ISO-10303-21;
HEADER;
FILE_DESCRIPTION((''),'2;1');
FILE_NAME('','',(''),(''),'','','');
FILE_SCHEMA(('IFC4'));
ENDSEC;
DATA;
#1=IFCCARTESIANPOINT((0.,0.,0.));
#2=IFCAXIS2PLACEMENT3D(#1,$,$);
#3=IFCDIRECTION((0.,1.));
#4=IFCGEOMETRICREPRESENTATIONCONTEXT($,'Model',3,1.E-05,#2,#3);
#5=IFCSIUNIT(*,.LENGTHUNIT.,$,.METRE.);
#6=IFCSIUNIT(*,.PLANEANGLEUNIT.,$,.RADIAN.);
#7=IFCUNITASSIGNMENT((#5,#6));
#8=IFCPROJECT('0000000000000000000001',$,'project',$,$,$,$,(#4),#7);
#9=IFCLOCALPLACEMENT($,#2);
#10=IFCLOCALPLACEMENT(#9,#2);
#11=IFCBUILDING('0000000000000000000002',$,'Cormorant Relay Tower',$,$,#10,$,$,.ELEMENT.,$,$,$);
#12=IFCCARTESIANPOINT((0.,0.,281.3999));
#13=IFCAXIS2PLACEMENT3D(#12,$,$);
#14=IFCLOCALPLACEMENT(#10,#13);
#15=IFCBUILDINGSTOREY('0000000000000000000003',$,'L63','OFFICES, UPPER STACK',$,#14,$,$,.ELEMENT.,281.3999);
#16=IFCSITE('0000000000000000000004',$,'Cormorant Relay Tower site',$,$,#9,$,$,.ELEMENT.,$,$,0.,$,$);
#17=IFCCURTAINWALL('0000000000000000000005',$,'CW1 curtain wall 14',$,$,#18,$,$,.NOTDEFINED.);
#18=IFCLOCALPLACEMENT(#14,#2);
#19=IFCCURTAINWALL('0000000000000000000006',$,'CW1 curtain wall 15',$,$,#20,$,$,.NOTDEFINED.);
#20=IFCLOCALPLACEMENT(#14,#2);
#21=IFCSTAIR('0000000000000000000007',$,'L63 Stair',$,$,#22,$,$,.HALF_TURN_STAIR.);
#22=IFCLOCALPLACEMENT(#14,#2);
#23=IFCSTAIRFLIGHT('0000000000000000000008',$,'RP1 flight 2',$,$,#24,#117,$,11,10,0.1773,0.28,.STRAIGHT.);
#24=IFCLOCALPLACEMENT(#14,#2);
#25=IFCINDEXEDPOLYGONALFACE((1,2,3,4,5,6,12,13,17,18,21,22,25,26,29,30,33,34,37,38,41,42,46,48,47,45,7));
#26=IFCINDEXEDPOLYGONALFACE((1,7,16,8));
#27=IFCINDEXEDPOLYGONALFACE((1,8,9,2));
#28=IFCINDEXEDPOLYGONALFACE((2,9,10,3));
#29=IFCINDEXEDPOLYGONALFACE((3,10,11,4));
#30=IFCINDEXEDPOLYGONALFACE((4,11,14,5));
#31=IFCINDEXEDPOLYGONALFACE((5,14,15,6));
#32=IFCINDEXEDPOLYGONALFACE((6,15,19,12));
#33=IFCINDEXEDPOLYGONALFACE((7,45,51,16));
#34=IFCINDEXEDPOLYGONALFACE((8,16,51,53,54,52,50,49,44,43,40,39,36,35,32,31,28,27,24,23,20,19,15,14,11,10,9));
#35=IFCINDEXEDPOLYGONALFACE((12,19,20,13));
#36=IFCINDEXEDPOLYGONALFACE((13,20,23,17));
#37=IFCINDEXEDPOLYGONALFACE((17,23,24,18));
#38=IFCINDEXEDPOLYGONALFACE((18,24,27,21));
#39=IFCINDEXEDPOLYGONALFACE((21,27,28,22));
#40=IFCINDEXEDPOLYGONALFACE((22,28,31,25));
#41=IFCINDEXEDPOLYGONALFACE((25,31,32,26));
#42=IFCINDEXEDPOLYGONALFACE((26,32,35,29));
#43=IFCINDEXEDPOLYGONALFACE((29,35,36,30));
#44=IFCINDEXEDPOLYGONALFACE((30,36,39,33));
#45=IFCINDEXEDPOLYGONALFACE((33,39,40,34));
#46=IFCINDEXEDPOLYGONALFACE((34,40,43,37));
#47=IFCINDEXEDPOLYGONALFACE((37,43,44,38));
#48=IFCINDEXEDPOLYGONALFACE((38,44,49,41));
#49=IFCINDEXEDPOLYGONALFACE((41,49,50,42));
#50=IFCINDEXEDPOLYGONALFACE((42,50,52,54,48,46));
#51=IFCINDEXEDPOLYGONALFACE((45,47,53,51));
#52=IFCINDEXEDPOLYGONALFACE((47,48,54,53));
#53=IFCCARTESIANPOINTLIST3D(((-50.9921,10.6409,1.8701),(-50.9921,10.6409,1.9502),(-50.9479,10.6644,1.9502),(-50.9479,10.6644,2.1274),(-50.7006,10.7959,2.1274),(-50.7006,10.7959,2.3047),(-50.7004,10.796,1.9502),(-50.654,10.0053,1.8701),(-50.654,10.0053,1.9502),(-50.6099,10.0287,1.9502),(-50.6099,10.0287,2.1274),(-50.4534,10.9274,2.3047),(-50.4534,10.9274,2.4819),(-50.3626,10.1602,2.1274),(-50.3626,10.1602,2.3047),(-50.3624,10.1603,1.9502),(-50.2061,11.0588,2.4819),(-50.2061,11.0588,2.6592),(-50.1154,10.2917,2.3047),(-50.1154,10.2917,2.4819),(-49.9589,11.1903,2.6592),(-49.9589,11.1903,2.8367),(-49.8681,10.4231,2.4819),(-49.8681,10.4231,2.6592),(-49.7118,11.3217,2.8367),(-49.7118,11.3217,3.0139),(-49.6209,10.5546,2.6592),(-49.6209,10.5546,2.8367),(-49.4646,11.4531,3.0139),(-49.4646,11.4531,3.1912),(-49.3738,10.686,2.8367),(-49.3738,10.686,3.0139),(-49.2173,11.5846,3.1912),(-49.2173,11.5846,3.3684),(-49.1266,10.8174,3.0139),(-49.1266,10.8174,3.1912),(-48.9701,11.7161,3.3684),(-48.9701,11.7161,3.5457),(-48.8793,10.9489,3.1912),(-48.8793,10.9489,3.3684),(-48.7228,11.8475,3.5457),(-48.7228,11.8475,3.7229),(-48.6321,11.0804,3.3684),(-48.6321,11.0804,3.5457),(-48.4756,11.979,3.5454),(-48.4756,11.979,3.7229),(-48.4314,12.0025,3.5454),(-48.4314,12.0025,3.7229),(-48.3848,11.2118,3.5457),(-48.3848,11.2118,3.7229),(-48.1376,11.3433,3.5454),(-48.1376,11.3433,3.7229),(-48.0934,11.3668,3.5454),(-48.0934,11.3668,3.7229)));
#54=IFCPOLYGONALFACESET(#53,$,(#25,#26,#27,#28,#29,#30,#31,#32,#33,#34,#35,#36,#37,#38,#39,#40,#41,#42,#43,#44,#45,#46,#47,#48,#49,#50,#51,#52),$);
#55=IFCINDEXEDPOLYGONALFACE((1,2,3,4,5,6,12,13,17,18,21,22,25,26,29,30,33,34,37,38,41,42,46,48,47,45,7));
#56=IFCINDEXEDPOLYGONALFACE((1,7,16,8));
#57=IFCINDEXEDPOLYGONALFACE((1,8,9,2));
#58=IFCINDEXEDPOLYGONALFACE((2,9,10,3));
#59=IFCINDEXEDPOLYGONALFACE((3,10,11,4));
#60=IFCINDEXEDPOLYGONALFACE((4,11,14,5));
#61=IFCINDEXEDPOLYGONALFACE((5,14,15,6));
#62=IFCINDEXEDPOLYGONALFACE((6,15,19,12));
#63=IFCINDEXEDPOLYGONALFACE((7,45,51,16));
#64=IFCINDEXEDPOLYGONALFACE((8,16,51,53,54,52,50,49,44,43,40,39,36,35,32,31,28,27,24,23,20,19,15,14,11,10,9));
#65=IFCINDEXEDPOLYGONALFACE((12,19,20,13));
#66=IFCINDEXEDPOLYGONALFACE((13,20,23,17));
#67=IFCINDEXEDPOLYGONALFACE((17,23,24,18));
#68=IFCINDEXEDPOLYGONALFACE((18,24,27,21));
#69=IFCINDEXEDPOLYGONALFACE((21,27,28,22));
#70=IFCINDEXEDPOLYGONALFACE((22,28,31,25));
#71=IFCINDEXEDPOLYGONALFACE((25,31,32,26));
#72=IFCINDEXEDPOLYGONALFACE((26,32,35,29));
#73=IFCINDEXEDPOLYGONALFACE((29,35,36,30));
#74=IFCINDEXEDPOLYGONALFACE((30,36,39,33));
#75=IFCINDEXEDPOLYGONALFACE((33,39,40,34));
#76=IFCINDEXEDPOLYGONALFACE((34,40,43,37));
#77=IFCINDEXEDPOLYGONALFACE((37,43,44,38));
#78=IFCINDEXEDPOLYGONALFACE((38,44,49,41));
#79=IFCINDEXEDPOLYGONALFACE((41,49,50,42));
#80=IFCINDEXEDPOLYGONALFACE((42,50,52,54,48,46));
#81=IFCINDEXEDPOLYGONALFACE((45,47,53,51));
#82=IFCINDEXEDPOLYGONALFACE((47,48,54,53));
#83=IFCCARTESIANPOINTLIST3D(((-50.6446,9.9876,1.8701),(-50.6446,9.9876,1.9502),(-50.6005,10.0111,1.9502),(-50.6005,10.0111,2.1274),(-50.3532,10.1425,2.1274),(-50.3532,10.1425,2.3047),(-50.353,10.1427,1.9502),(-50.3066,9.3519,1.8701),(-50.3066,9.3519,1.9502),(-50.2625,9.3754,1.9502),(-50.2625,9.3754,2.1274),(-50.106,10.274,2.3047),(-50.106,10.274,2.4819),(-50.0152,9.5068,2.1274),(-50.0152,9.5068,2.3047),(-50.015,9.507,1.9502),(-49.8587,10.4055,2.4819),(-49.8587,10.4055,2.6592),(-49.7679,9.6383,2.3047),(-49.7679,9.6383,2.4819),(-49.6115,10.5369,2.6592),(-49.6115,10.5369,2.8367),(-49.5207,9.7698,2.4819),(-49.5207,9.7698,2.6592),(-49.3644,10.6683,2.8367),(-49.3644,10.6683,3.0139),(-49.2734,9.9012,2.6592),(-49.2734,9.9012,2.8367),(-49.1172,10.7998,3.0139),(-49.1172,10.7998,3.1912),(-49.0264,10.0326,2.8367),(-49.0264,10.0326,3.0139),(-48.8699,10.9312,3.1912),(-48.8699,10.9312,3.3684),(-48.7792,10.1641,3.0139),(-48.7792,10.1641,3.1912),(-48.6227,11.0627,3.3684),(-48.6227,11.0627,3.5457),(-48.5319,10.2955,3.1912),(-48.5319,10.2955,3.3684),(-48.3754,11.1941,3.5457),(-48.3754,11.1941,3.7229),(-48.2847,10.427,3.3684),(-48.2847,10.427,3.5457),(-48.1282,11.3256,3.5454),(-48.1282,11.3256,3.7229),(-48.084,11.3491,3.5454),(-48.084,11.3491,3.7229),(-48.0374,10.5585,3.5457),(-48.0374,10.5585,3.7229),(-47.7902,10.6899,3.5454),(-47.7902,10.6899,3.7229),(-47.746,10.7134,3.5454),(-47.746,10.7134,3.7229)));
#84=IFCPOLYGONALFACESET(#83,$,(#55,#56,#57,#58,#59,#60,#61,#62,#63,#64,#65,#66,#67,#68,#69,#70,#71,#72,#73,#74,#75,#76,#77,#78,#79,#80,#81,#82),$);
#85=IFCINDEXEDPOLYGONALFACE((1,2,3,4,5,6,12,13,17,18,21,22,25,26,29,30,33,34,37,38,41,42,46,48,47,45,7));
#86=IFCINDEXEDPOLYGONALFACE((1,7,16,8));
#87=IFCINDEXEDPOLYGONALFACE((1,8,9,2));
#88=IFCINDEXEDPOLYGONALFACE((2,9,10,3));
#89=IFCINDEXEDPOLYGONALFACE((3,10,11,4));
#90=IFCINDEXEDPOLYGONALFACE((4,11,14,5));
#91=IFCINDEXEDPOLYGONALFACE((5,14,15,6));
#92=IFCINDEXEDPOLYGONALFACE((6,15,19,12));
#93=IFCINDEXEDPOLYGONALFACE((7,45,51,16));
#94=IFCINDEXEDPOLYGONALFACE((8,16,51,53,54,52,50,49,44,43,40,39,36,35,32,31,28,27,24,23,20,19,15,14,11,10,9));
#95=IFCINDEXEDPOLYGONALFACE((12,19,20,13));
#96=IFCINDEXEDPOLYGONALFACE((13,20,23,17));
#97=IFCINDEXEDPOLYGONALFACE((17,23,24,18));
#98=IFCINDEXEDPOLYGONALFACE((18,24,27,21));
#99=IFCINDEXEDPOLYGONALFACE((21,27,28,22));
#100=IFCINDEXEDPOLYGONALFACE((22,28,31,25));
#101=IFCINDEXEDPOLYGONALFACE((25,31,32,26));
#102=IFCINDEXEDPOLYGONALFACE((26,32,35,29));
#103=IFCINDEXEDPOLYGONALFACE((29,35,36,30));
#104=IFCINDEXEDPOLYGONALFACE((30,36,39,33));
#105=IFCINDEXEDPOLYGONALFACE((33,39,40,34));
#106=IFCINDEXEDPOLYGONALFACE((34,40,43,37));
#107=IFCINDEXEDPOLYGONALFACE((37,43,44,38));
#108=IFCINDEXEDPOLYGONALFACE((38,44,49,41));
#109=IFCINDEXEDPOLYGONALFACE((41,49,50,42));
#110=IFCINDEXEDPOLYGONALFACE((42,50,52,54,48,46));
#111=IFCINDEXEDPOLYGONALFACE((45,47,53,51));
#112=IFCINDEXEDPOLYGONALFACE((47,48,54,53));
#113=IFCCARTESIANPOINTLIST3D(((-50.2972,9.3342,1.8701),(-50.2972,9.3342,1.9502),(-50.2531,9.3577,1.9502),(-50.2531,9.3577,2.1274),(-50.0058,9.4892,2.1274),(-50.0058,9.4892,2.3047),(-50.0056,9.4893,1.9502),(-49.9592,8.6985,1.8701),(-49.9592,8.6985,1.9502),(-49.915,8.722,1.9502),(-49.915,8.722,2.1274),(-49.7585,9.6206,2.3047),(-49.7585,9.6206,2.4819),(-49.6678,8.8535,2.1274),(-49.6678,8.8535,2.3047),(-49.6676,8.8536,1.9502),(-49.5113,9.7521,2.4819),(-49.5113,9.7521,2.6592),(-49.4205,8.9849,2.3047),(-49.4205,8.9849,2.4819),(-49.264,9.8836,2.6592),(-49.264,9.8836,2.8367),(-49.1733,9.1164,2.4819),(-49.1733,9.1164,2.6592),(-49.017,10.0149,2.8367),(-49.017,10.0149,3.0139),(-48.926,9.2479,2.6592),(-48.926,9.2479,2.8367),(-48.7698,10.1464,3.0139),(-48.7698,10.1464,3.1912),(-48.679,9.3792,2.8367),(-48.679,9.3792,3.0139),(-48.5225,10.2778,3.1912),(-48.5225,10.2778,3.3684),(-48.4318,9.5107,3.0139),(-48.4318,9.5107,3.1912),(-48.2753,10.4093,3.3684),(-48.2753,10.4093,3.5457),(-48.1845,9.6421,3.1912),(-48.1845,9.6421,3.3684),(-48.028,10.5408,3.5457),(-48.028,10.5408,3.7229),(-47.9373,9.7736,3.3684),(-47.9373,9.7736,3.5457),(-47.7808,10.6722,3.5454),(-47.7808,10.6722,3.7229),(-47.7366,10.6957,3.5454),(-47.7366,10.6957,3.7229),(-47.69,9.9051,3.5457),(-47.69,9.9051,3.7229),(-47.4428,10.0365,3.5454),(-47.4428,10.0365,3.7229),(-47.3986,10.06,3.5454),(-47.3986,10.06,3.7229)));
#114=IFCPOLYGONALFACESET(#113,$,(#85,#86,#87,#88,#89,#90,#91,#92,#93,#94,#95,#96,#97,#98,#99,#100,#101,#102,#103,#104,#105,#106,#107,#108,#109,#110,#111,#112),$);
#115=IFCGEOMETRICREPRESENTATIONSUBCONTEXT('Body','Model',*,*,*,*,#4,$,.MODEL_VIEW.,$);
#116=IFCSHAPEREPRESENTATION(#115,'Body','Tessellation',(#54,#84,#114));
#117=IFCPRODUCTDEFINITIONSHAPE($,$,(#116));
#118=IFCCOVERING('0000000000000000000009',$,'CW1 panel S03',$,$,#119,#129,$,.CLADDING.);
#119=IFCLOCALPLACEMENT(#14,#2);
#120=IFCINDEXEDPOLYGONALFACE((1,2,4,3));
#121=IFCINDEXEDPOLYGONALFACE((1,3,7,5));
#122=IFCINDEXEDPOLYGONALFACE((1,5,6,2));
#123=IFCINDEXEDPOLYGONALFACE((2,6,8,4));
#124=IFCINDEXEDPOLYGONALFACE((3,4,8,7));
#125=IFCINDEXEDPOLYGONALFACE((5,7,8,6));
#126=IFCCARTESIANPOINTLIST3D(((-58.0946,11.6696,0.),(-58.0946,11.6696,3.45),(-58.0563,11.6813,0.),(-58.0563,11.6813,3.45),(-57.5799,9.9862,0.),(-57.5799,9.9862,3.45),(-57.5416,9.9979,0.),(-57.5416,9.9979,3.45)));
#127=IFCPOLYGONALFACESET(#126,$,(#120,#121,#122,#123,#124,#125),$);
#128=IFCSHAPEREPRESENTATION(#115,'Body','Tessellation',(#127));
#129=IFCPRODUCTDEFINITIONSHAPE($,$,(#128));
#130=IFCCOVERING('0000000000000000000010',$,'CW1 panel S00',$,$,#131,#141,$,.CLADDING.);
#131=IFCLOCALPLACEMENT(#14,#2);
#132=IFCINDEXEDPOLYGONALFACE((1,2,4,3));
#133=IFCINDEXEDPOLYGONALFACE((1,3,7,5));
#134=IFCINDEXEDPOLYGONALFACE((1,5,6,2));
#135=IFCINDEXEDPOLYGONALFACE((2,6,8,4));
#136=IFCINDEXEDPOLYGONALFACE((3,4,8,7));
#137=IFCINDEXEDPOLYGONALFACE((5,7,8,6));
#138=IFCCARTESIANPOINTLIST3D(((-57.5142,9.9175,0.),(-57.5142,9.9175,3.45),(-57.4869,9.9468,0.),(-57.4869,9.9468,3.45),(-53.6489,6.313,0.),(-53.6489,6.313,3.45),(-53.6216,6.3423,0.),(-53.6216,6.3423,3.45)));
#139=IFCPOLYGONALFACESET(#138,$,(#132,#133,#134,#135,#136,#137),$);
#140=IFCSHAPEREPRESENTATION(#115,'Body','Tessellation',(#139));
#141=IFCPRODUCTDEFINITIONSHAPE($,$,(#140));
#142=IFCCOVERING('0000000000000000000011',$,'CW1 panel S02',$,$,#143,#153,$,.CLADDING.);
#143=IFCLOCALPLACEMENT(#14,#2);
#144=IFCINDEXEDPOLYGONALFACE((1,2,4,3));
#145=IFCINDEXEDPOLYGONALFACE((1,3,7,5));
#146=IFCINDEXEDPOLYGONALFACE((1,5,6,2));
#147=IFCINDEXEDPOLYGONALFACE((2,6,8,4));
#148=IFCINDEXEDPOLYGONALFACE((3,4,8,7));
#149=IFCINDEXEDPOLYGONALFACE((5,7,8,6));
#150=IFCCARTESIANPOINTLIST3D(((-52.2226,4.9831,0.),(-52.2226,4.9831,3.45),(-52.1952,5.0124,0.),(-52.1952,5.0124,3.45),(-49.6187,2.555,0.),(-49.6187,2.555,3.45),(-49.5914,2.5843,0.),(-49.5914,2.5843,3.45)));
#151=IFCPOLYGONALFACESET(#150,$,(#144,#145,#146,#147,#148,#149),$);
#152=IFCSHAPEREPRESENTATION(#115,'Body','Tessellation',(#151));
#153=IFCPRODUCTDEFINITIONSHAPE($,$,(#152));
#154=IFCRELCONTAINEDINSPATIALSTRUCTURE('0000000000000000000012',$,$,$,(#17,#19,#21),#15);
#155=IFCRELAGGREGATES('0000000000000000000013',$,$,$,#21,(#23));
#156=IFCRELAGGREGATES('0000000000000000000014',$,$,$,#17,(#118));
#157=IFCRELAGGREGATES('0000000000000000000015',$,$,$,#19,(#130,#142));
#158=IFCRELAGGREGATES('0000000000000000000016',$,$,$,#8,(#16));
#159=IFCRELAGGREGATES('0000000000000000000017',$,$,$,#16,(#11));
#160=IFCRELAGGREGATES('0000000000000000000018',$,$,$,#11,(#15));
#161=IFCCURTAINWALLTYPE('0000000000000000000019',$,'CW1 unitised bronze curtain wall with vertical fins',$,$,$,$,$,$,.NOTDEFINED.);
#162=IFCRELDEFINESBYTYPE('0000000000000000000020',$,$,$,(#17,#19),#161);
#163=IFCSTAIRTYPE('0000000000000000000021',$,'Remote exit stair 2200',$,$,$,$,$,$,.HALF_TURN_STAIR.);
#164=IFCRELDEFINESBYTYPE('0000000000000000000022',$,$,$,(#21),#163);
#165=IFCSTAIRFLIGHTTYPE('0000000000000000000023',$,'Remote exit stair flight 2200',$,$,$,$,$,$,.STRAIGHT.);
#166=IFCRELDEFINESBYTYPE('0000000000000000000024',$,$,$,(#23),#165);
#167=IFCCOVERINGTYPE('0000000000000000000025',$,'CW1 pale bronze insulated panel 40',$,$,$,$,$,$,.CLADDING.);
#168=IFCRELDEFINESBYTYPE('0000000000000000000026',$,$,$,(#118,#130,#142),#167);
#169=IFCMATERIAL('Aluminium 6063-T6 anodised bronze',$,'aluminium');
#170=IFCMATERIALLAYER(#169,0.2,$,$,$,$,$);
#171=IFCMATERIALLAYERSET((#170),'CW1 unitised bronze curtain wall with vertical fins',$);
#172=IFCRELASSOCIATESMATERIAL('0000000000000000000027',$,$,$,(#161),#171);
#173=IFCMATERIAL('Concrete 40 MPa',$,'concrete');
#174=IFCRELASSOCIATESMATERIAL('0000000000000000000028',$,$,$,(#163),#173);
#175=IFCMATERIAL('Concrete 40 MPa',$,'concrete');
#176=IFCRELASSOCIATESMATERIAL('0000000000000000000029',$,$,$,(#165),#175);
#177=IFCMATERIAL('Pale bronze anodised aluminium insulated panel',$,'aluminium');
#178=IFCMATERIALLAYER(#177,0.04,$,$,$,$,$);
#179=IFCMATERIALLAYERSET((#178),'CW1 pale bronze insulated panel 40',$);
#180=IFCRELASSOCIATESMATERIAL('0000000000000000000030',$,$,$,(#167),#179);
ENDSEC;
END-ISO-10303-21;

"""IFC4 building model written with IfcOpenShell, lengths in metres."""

from ifc_helpers import new_model, si_unit, direction, frame, origin, origin_2d, place, context, subcontext, project, spatial, polyline, rectangle, outline, extrude, material, layer, layer_set, type_object, element, aggregate, save


model = new_model("IFC4")

# Units and contexts
model_context = context("Model", 3, precision=1e-05, world=origin(), true_north=direction((0.0, 1.0)))
body_context = subcontext(model_context, "Body", "Model", "MODEL_VIEW")
ifc_project = project(units=[si_unit("LENGTHUNIT", "METRE"), si_unit("PLANEANGLEUNIT", "RADIAN")], contexts=[model_context])

# Site, building, storey
site_placement = place(None, origin())
site = spatial("IfcSite", under=ifc_project, at=site_placement, Name="Cormorant Relay Tower site", CompositionType="ELEMENT", RefElevation=0.0)
building_placement = place(site_placement, origin())
building = spatial("IfcBuilding", under=site, at=building_placement, Name="Cormorant Relay Tower", CompositionType="ELEMENT")
storey_placement = place(building_placement, frame((0.0, 0.0, 281.3999)))
storey = spatial("IfcBuildingStorey", under=building, at=storey_placement, Name="L63", Description="OFFICES, UPPER STACK", CompositionType="ELEMENT", Elevation=281.3999)

# Curtain wall
ifc_material_1 = material(Name="Aluminium 6063-T6 anodised bronze", Category="aluminium")
ifc_layer_1 = layer(ifc_material_1, 0.2)
ifc_layer_set_1 = layer_set([ifc_layer_1], Name="CW1 unitised bronze curtain wall with vertical fins")
curtain_wall_type = type_object("IfcCurtainWallType", Name="CW1 unitised bronze curtain wall with vertical fins", PredefinedType="NOTDEFINED", material=ifc_layer_set_1)
curtain_wall_1_placement = place(storey_placement, origin())
curtain_wall_1 = element("IfcCurtainWall", 1, at=curtain_wall_1_placement, inside=storey, type_object=curtain_wall_type, Name="CW1 curtain wall 14", PredefinedType="NOTDEFINED")

# Curtain wall
curtain_wall_2_placement = place(storey_placement, origin())
curtain_wall_2 = element("IfcCurtainWall", 2, at=curtain_wall_2_placement, inside=storey, type_object=curtain_wall_type, Name="CW1 curtain wall 15", PredefinedType="NOTDEFINED")

# Stair, stair flight
ifc_material_2 = material(Name="Concrete 40 MPa", Category="concrete")
stair_type = type_object("IfcStairType", Name="Remote exit stair 2200", PredefinedType="HALF_TURN_STAIR", material=ifc_material_2)
stair_placement = place(storey_placement, origin())
stair = element("IfcStair", 3, at=stair_placement, inside=storey, type_object=stair_type, Name="L63 Stair", PredefinedType="HALF_TURN_STAIR")
ifc_material_3 = material(Name="Concrete 40 MPa", Category="concrete")
stair_flight_type = type_object("IfcStairFlightType", Name="Remote exit stair flight 2200", PredefinedType="STRAIGHT", material=ifc_material_3)
stair_flight_1_placement = place(storey_placement, frame((-50.4314, 9.6931, 1.9502), z_axis=(0.0, 0.0, 1.0), x_axis=(0.882948, 0.469472, 0.0)))
stair_flight_1 = element("IfcStairFlight", 4, at=stair_flight_1_placement, type_object=stair_flight_type, Name="RP1 flight 2", NumberOfRisers=11, NumberOfTreads=10, PredefinedType="STRAIGHT", RiserHeight=0.1773, TreadLength=0.28, context=body_context, shape_type="SweptSolid", body=[
    extrude(outline(polyline([(-0.05, -0.0801), (-0.05, 0.0), (0.0, 0.0), (0.0, 0.1772), (0.28, 0.1772), (0.28, 0.3545), (0.5601, 0.3545), (0.5601, 0.5317), (0.8401, 0.5317), (0.8401, 0.709), (1.1201, 0.709), (1.1201, 0.8865), (1.3999, 0.8865), (1.3999, 1.0637), (1.6799, 1.0637), (1.6799, 1.241), (1.96, 1.241), (1.96, 1.4182), (2.24, 1.4182), (2.24, 1.5955), (2.52, 1.5955), (2.52, 1.7727), (2.8, 1.7727), (2.8501, 1.7727), (2.8501, 1.5952), (2.8, 1.5952), (0.2803, 0.0), (-0.05, -0.0801)])), frame((0.0, 1.1001, 0.0), z_axis=(0.0, -1.0, 0.0), x_axis=(1.0, 0.0, 0.0)), (0.0, 0.0, 1.0), 0.72),
    extrude(outline(polyline([(-0.05, -0.0801), (-0.05, 0.0), (0.0, 0.0), (0.0, 0.1772), (0.28, 0.1772), (0.28, 0.3545), (0.5601, 0.3545), (0.5601, 0.5317), (0.8401, 0.5317), (0.8401, 0.709), (1.1201, 0.709), (1.1201, 0.8865), (1.3999, 0.8865), (1.3999, 1.0637), (1.6799, 1.0637), (1.6799, 1.241), (1.96, 1.241), (1.96, 1.4182), (2.24, 1.4182), (2.24, 1.5955), (2.52, 1.5955), (2.52, 1.7727), (2.8, 1.7727), (2.8501, 1.7727), (2.8501, 1.5952), (2.8, 1.5952), (0.2803, 0.0), (-0.05, -0.0801)])), frame((0.0, 0.3601, 0.0), z_axis=(0.0, -1.0, 0.0), x_axis=(1.0, 0.0, 0.0)), (0.0, 0.0, 1.0), 0.72),
    extrude(outline(polyline([(-0.05, -0.0801), (-0.05, 0.0), (0.0, 0.0), (0.0, 0.1772), (0.28, 0.1772), (0.28, 0.3545), (0.5601, 0.3545), (0.5601, 0.5317), (0.8401, 0.5317), (0.8401, 0.709), (1.1201, 0.709), (1.1201, 0.8865), (1.3999, 0.8865), (1.3999, 1.0637), (1.6799, 1.0637), (1.6799, 1.241), (1.96, 1.241), (1.96, 1.4182), (2.24, 1.4182), (2.24, 1.5955), (2.52, 1.5955), (2.52, 1.7727), (2.8, 1.7727), (2.8501, 1.7727), (2.8501, 1.5952), (2.8, 1.5952), (0.2803, 0.0), (-0.05, -0.0801)])), frame((0.0, -0.3799, 0.0), z_axis=(0.0, -1.0, 0.0), x_axis=(1.0, 0.0, 0.0)), (0.0, 0.0, 1.0), 0.72),
])
aggregate(stair, [stair_flight_1])

# Coverings
ifc_material_4 = material(Name="Pale bronze anodised aluminium insulated panel", Category="aluminium")
ifc_layer_2 = layer(ifc_material_4, 0.04)
ifc_layer_set_2 = layer_set([ifc_layer_2], Name="CW1 pale bronze insulated panel 40")
covering_type = type_object("IfcCoveringType", Name="CW1 pale bronze insulated panel 40", PredefinedType="CLADDING", material=ifc_layer_set_2)
covering_1_placement = place(storey_placement, frame((-57.8181, 10.8337, 0.0), z_axis=(0.0, 0.0, 1.0), x_axis=(0.292372, -0.956305, 0.0)))
covering_1 = element("IfcCovering", 5, at=covering_1_placement, type_object=covering_type, Name="CW1 panel S03", PredefinedType="CLADDING", context=body_context, shape_type="SweptSolid", body=[
    extrude(rectangle(XDim=1.7603, YDim=0.04, at=origin_2d()), origin(), (0.0, 0.0, 1.0), 3.45),
])
aggregate(curtain_wall_1, [covering_1])
covering_2_placement = place(storey_placement, frame((-55.5679, 8.1299, 0.0), z_axis=(0.0, 0.0, 1.0), x_axis=(0.731354, -0.681998, 0.0)))
covering_2 = element("IfcCovering", 6, at=covering_2_placement, type_object=covering_type, Name="CW1 panel S00", PredefinedType="CLADDING", context=body_context, shape_type="SweptSolid", body=[
    extrude(rectangle(XDim=5.2852, YDim=0.04, at=origin_2d()), origin(), (0.0, 0.0, 1.0), 3.45),
])
covering_3_placement = place(storey_placement, frame((-50.907, 3.7837, 0.0), z_axis=(0.0, 0.0, 1.0), x_axis=(0.731354, -0.681998, 0.0)))
covering_3 = element("IfcCovering", 7, at=covering_3_placement, type_object=covering_type, Name="CW1 panel S02", PredefinedType="CLADDING", context=body_context, shape_type="SweptSolid", body=[
    extrude(rectangle(XDim=3.5603, YDim=0.04, at=origin_2d()), origin(), (0.0, 0.0, 1.0), 3.45),
])
aggregate(curtain_wall_2, [covering_2, covering_3])

save(model, "model.ifc")
